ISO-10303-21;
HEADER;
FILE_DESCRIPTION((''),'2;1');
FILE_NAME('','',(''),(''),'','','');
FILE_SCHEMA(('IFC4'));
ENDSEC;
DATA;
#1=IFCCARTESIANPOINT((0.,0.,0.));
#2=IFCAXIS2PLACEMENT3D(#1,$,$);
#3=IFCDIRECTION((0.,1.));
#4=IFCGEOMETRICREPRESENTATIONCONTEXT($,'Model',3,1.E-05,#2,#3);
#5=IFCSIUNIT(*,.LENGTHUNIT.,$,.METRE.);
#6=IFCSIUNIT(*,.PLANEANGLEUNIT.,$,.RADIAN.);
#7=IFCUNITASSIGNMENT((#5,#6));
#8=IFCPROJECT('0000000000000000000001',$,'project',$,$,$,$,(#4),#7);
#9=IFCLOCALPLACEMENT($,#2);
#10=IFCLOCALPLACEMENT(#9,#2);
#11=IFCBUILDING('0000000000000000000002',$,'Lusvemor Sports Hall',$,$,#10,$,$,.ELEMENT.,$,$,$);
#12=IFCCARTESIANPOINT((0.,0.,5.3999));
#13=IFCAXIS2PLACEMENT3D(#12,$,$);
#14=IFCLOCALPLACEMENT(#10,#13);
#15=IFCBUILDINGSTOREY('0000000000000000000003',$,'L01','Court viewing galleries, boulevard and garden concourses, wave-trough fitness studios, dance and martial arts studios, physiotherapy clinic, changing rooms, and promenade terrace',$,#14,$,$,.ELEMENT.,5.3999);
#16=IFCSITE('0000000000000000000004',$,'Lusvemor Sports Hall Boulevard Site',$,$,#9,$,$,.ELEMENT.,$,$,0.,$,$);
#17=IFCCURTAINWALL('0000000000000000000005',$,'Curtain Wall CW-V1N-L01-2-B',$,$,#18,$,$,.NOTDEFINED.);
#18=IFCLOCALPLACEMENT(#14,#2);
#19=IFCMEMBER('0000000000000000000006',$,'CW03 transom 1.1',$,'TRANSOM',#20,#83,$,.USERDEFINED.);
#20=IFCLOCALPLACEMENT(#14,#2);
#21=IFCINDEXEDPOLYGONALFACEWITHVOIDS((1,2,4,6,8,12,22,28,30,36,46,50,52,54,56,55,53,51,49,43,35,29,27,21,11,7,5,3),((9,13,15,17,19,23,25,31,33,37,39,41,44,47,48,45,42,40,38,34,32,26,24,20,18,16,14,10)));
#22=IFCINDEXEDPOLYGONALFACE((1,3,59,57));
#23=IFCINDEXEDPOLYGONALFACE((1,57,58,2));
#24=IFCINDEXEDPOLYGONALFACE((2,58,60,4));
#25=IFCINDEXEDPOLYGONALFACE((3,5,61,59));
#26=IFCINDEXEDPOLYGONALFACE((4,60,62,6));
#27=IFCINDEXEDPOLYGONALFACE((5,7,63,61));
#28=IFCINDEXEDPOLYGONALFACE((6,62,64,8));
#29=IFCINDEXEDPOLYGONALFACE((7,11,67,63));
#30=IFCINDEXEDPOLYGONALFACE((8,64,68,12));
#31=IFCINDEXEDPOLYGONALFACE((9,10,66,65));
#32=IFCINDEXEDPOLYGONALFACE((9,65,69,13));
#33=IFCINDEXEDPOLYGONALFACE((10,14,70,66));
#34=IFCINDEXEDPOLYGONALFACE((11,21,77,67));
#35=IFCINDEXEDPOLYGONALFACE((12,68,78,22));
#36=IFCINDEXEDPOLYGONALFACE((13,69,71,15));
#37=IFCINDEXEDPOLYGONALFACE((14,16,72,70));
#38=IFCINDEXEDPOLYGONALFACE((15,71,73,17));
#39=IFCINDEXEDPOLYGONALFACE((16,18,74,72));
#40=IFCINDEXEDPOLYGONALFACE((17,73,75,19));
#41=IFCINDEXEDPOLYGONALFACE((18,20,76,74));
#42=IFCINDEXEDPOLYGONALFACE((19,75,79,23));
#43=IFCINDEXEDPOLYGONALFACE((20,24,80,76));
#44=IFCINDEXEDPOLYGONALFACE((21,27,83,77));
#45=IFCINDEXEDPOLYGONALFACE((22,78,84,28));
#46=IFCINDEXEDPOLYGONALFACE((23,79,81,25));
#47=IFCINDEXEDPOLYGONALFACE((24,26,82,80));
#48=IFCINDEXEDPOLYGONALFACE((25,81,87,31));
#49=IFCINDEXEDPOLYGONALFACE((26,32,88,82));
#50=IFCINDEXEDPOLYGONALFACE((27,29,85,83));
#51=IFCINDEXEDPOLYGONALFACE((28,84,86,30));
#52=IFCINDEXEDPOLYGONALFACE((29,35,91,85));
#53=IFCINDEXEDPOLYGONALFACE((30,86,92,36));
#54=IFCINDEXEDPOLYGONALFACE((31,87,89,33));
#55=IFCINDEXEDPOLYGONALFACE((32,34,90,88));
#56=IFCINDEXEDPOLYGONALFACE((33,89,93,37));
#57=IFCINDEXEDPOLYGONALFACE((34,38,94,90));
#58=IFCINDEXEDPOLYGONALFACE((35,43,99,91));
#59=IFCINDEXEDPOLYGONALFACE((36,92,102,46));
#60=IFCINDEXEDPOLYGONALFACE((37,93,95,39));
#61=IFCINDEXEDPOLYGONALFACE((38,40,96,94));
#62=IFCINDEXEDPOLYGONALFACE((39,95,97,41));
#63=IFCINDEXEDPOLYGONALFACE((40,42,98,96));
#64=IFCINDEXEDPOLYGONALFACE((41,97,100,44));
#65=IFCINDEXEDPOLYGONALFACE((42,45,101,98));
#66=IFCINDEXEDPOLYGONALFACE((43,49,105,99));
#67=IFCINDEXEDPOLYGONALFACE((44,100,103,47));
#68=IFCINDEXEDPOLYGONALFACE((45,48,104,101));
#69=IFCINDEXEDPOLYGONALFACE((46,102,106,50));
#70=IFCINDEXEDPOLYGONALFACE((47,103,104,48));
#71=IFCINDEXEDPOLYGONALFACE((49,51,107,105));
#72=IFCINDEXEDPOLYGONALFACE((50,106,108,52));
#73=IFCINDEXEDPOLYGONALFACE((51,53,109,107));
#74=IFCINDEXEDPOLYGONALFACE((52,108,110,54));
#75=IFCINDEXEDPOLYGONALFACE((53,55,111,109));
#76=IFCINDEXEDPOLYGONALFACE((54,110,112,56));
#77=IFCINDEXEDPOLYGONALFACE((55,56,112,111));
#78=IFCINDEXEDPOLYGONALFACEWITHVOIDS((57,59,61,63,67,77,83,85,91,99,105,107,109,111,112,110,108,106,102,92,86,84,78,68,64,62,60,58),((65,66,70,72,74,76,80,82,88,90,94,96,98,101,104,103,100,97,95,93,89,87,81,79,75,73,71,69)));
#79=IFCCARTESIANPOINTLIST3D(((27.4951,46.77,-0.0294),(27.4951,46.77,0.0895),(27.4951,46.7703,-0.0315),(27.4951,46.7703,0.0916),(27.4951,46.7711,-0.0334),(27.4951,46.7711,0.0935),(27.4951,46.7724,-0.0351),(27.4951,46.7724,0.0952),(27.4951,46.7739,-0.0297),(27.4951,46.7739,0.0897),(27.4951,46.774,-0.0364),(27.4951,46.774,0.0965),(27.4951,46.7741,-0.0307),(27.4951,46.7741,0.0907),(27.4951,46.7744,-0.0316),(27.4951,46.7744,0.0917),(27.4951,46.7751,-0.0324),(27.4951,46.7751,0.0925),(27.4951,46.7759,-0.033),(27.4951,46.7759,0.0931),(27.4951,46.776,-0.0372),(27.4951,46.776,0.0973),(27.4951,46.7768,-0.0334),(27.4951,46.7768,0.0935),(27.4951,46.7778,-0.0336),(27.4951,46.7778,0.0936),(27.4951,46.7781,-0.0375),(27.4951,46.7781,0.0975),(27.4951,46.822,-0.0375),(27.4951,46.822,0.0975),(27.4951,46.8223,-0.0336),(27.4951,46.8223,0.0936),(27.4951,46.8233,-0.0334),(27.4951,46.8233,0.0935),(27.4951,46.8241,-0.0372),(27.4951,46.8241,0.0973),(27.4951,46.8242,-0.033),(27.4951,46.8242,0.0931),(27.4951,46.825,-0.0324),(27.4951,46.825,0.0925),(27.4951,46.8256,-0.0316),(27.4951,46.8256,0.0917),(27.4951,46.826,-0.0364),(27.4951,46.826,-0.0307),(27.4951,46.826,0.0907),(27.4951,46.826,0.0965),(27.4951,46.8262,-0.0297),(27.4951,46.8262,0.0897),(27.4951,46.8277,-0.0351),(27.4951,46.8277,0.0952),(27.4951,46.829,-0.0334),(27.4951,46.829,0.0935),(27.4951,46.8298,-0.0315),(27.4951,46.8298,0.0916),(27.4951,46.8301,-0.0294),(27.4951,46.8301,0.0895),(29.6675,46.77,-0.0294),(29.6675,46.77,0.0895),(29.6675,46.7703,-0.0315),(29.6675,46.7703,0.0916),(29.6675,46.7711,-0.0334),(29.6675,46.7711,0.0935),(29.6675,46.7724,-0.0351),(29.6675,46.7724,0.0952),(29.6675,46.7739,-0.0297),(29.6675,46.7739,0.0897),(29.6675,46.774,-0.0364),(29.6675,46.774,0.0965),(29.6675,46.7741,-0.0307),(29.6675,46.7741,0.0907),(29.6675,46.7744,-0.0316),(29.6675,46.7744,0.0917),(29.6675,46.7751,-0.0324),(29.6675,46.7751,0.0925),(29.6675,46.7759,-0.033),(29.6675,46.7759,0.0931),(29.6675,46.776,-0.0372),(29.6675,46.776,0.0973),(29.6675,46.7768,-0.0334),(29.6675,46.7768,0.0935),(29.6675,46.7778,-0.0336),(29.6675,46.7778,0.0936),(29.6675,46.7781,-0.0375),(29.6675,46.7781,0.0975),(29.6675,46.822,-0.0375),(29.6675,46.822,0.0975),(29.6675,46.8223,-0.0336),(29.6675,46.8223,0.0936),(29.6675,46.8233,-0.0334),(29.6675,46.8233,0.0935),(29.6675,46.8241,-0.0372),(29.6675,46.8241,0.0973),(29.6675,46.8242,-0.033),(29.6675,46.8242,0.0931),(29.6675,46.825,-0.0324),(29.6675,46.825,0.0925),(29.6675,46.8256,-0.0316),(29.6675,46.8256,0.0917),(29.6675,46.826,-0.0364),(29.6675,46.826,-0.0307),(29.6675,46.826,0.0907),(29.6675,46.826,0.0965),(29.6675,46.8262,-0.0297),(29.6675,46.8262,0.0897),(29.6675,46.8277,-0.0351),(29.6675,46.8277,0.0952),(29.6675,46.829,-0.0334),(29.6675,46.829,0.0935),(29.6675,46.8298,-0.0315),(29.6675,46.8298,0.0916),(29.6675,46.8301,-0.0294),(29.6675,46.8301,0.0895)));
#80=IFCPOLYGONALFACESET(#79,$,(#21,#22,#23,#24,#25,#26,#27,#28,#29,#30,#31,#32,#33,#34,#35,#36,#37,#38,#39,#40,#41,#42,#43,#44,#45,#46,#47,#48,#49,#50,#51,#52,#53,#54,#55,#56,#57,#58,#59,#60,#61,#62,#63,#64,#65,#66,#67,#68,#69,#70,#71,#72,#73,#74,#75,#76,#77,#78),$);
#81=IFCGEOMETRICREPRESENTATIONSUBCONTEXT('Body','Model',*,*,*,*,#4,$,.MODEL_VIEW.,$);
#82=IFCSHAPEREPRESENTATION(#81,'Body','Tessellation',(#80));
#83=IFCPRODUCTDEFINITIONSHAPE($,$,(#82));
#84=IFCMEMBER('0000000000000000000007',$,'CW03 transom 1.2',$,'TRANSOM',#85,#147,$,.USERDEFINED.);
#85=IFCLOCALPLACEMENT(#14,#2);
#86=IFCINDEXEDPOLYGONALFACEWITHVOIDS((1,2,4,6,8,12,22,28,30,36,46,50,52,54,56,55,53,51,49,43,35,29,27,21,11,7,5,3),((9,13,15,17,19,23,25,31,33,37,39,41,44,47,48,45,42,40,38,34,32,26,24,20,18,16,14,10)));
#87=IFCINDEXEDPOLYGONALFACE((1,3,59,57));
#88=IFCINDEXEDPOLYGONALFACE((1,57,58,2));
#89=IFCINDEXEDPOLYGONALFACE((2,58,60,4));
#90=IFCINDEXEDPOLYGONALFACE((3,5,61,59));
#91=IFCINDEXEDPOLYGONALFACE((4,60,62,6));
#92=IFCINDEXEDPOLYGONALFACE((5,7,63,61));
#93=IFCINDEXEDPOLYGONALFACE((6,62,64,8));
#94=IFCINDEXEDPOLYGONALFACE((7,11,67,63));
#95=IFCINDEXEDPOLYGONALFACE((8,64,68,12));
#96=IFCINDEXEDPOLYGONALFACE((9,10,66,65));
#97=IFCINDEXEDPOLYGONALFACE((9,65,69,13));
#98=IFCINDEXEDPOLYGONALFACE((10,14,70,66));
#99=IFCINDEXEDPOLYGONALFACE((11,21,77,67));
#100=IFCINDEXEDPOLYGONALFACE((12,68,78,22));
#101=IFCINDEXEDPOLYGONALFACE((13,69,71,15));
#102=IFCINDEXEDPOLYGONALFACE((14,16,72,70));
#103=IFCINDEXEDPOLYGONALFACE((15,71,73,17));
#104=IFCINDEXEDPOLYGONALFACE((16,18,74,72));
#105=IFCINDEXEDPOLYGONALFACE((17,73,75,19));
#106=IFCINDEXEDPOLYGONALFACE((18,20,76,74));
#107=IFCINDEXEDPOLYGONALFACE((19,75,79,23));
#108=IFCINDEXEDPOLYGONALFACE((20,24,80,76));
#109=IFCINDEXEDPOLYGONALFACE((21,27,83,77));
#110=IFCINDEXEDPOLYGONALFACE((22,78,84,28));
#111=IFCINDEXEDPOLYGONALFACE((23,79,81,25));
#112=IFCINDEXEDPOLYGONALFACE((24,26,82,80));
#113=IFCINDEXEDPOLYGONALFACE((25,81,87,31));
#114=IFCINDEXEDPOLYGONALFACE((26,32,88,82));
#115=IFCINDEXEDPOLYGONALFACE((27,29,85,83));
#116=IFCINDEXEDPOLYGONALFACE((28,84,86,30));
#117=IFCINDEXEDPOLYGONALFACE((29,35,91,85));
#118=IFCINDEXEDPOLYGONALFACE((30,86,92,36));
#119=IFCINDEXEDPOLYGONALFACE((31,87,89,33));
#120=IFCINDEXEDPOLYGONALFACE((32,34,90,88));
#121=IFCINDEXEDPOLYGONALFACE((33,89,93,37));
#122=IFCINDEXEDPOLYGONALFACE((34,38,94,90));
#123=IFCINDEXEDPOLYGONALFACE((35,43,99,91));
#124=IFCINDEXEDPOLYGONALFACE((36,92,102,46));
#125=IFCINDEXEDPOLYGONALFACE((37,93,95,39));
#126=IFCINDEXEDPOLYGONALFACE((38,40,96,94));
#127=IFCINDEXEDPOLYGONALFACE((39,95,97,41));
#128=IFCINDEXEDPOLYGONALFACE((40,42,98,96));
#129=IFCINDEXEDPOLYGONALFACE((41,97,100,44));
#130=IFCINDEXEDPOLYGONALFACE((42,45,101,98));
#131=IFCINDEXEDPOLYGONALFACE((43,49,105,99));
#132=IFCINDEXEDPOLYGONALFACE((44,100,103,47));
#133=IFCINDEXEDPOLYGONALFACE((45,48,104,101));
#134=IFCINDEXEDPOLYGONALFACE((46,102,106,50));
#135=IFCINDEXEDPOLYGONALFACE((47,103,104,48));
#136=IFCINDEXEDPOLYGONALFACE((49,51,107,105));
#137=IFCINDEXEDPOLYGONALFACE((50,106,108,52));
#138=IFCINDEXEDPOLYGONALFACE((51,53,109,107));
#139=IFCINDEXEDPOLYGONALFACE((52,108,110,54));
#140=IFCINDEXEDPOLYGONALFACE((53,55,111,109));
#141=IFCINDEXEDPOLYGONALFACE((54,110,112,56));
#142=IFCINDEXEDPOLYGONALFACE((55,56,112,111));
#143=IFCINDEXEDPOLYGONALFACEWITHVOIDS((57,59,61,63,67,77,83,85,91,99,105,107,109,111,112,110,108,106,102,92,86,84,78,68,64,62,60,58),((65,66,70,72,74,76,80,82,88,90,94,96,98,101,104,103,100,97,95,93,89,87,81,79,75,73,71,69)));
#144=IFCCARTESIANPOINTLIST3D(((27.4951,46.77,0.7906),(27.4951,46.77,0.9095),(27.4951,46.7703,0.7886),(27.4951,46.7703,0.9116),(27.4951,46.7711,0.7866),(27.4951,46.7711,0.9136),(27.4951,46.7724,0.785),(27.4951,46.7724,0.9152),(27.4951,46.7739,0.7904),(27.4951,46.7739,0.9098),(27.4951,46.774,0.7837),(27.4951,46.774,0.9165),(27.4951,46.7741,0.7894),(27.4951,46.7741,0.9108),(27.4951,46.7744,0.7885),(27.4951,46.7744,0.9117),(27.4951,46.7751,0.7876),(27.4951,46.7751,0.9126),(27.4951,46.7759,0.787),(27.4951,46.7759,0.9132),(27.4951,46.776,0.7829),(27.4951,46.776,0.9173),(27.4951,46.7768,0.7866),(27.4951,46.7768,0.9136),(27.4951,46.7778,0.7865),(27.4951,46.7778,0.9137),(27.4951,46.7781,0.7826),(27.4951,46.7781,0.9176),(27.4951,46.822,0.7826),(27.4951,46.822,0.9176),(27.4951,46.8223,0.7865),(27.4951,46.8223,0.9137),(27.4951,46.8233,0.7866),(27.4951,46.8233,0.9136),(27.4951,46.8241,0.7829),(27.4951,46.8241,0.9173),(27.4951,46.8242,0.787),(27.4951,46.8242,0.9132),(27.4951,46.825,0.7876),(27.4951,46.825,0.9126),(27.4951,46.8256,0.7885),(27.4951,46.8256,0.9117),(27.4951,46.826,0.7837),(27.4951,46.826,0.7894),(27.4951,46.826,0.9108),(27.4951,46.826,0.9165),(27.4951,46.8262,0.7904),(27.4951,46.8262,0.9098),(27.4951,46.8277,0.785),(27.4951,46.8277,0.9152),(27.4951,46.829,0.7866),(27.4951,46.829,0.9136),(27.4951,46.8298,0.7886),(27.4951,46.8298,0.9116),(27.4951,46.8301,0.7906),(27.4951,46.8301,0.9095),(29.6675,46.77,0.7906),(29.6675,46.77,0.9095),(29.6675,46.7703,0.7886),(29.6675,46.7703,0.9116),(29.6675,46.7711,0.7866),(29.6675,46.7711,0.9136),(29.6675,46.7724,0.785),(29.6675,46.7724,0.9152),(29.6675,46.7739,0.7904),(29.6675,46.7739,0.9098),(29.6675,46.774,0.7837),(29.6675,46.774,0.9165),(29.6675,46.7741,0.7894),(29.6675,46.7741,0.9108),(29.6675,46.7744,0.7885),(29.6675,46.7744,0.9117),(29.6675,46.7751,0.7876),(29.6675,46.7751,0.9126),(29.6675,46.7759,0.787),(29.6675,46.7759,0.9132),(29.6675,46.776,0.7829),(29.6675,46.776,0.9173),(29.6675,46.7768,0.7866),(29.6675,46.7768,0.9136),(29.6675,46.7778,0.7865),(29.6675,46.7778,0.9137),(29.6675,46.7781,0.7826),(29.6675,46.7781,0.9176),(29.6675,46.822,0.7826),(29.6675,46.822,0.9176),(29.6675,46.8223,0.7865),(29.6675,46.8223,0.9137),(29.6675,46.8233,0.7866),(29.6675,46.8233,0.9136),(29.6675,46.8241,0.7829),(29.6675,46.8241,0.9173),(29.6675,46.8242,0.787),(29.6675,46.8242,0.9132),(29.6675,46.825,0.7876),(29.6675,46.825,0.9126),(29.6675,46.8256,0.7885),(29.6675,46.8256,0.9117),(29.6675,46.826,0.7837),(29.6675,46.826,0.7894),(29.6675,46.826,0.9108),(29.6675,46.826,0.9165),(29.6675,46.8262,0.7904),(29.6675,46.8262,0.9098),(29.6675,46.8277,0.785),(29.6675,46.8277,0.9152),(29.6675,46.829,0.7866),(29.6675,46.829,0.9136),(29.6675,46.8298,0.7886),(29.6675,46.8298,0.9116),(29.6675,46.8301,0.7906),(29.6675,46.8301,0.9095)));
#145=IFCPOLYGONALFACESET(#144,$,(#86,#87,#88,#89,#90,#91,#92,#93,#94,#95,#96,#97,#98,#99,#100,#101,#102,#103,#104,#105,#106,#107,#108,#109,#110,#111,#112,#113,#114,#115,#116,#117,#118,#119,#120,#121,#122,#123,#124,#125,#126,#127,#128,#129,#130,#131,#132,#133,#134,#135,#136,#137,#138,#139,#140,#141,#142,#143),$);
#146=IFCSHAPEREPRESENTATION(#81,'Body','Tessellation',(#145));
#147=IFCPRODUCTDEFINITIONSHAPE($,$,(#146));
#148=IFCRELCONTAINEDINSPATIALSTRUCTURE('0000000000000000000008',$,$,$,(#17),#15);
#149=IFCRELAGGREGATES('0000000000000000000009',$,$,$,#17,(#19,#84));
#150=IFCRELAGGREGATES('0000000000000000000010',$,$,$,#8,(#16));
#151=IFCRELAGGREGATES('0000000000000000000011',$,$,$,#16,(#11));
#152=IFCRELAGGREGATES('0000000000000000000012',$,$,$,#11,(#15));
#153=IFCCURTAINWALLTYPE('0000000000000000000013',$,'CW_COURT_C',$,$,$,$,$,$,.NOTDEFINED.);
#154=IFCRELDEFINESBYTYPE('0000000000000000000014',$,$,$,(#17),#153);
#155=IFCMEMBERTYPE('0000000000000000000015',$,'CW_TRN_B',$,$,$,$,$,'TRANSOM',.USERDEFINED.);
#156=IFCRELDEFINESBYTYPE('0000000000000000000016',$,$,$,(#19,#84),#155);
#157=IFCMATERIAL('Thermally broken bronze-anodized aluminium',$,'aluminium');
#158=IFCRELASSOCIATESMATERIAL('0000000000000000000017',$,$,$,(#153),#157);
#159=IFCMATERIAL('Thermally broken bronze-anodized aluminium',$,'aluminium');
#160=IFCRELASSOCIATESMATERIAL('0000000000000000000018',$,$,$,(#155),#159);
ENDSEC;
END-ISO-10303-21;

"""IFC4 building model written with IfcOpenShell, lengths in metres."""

from ifc_helpers import new_model, si_unit, direction, frame, origin, origin_2d, place, context, subcontext, project, spatial, hollow_rectangle, extrude, material, material_profile, profile_set, type_object, element, aggregate, save


model = new_model("IFC4")

# Units and contexts
model_context = context("Model", 3, precision=1e-05, world=origin(), true_north=direction((0.0, 1.0)))
body_context = subcontext(model_context, "Body", "Model", "MODEL_VIEW")
ifc_project = project(units=[si_unit("LENGTHUNIT", "METRE"), si_unit("PLANEANGLEUNIT", "RADIAN")], contexts=[model_context])

# Site, building, storey
site_placement = place(None, origin())
site = spatial("IfcSite", under=ifc_project, at=site_placement, Name="Lusvemor Sports Hall Boulevard Site", CompositionType="ELEMENT", RefElevation=0.0)
building_placement = place(site_placement, origin())
building = spatial("IfcBuilding", under=site, at=building_placement, Name="Lusvemor Sports Hall", CompositionType="ELEMENT")
storey_placement = place(building_placement, frame((0.0, 0.0, 5.3999)))
storey = spatial("IfcBuildingStorey", under=building, at=storey_placement, Name="L01", Description="Court viewing galleries, boulevard and garden concourses, wave-trough fitness studios, dance and martial arts studios, physiotherapy clinic, changing rooms, and promenade terrace", CompositionType="ELEMENT", Elevation=5.3999)

# Shared definitions
ifc_material_1 = material(Name="Thermally broken bronze-anodized aluminium", Category="aluminium")
curtain_wall_type = type_object("IfcCurtainWallType", Name="CW_COURT_C", PredefinedType="NOTDEFINED", material=ifc_material_1)

# Curtain wall
curtain_wall_1_placement = place(storey_placement, origin())
curtain_wall_1 = element("IfcCurtainWall", 1, at=curtain_wall_1_placement, inside=storey, type_object=curtain_wall_type, Name="Curtain Wall CW-V1N-L01-2-B", PredefinedType="NOTDEFINED")

# Members
ifc_material_2 = material(Name="Thermally broken bronze-anodized aluminium", Category="aluminium")
ifc_material_profile_1 = material_profile(ifc_material_2, hollow_rectangle(XDim=0.0601, YDim=0.135, WallThickness=0.0039, InnerFilletRadius=0.0039, OuterFilletRadius=0.0081, at=origin_2d()), Name="CWTRN135x60x4")
ifc_profile_set_1 = profile_set([ifc_material_profile_1], Name="Thermally broken bronze-anodized aluminium")
member_type_1 = type_object("IfcMemberType", Name="CW_TRN_B", ElementType="TRANSOM", PredefinedType="USERDEFINED", material=ifc_profile_set_1)
member_1_placement = place(storey_placement, frame((27.4951, 46.8, 0.03), z_axis=(1.0, 0.0, 0.0), x_axis=(0.0, 1.0, 0.0)))
member_1 = element("IfcMember", 2, at=member_1_placement, type_object=member_type_1, Name="CW03 transom 1.1", ObjectType="TRANSOM", PredefinedType="USERDEFINED", context=body_context, shape_type="SweptSolid", body=[
    extrude(hollow_rectangle(XDim=0.0601, YDim=0.135, WallThickness=0.0039, InnerFilletRadius=0.0039, OuterFilletRadius=0.0081, at=origin_2d()), origin(), (0.0, 0.0, 1.0), 2.1724),
])
member_2_placement = place(storey_placement, frame((27.4951, 46.8, 0.8501), z_axis=(1.0, 0.0, 0.0), x_axis=(0.0, 1.0, 0.0)))
member_2 = element("IfcMember", 3, at=member_2_placement, type_object=member_type_1, Name="CW03 transom 1.2", ObjectType="TRANSOM", PredefinedType="USERDEFINED", context=body_context, shape_type="SweptSolid", body=[
    extrude(hollow_rectangle(XDim=0.0601, YDim=0.135, WallThickness=0.0039, InnerFilletRadius=0.0039, OuterFilletRadius=0.0081, at=origin_2d()), origin(), (0.0, 0.0, 1.0), 2.1724),
])

aggregate(curtain_wall_1, [member_1, member_2])

save(model, "model.ifc")
